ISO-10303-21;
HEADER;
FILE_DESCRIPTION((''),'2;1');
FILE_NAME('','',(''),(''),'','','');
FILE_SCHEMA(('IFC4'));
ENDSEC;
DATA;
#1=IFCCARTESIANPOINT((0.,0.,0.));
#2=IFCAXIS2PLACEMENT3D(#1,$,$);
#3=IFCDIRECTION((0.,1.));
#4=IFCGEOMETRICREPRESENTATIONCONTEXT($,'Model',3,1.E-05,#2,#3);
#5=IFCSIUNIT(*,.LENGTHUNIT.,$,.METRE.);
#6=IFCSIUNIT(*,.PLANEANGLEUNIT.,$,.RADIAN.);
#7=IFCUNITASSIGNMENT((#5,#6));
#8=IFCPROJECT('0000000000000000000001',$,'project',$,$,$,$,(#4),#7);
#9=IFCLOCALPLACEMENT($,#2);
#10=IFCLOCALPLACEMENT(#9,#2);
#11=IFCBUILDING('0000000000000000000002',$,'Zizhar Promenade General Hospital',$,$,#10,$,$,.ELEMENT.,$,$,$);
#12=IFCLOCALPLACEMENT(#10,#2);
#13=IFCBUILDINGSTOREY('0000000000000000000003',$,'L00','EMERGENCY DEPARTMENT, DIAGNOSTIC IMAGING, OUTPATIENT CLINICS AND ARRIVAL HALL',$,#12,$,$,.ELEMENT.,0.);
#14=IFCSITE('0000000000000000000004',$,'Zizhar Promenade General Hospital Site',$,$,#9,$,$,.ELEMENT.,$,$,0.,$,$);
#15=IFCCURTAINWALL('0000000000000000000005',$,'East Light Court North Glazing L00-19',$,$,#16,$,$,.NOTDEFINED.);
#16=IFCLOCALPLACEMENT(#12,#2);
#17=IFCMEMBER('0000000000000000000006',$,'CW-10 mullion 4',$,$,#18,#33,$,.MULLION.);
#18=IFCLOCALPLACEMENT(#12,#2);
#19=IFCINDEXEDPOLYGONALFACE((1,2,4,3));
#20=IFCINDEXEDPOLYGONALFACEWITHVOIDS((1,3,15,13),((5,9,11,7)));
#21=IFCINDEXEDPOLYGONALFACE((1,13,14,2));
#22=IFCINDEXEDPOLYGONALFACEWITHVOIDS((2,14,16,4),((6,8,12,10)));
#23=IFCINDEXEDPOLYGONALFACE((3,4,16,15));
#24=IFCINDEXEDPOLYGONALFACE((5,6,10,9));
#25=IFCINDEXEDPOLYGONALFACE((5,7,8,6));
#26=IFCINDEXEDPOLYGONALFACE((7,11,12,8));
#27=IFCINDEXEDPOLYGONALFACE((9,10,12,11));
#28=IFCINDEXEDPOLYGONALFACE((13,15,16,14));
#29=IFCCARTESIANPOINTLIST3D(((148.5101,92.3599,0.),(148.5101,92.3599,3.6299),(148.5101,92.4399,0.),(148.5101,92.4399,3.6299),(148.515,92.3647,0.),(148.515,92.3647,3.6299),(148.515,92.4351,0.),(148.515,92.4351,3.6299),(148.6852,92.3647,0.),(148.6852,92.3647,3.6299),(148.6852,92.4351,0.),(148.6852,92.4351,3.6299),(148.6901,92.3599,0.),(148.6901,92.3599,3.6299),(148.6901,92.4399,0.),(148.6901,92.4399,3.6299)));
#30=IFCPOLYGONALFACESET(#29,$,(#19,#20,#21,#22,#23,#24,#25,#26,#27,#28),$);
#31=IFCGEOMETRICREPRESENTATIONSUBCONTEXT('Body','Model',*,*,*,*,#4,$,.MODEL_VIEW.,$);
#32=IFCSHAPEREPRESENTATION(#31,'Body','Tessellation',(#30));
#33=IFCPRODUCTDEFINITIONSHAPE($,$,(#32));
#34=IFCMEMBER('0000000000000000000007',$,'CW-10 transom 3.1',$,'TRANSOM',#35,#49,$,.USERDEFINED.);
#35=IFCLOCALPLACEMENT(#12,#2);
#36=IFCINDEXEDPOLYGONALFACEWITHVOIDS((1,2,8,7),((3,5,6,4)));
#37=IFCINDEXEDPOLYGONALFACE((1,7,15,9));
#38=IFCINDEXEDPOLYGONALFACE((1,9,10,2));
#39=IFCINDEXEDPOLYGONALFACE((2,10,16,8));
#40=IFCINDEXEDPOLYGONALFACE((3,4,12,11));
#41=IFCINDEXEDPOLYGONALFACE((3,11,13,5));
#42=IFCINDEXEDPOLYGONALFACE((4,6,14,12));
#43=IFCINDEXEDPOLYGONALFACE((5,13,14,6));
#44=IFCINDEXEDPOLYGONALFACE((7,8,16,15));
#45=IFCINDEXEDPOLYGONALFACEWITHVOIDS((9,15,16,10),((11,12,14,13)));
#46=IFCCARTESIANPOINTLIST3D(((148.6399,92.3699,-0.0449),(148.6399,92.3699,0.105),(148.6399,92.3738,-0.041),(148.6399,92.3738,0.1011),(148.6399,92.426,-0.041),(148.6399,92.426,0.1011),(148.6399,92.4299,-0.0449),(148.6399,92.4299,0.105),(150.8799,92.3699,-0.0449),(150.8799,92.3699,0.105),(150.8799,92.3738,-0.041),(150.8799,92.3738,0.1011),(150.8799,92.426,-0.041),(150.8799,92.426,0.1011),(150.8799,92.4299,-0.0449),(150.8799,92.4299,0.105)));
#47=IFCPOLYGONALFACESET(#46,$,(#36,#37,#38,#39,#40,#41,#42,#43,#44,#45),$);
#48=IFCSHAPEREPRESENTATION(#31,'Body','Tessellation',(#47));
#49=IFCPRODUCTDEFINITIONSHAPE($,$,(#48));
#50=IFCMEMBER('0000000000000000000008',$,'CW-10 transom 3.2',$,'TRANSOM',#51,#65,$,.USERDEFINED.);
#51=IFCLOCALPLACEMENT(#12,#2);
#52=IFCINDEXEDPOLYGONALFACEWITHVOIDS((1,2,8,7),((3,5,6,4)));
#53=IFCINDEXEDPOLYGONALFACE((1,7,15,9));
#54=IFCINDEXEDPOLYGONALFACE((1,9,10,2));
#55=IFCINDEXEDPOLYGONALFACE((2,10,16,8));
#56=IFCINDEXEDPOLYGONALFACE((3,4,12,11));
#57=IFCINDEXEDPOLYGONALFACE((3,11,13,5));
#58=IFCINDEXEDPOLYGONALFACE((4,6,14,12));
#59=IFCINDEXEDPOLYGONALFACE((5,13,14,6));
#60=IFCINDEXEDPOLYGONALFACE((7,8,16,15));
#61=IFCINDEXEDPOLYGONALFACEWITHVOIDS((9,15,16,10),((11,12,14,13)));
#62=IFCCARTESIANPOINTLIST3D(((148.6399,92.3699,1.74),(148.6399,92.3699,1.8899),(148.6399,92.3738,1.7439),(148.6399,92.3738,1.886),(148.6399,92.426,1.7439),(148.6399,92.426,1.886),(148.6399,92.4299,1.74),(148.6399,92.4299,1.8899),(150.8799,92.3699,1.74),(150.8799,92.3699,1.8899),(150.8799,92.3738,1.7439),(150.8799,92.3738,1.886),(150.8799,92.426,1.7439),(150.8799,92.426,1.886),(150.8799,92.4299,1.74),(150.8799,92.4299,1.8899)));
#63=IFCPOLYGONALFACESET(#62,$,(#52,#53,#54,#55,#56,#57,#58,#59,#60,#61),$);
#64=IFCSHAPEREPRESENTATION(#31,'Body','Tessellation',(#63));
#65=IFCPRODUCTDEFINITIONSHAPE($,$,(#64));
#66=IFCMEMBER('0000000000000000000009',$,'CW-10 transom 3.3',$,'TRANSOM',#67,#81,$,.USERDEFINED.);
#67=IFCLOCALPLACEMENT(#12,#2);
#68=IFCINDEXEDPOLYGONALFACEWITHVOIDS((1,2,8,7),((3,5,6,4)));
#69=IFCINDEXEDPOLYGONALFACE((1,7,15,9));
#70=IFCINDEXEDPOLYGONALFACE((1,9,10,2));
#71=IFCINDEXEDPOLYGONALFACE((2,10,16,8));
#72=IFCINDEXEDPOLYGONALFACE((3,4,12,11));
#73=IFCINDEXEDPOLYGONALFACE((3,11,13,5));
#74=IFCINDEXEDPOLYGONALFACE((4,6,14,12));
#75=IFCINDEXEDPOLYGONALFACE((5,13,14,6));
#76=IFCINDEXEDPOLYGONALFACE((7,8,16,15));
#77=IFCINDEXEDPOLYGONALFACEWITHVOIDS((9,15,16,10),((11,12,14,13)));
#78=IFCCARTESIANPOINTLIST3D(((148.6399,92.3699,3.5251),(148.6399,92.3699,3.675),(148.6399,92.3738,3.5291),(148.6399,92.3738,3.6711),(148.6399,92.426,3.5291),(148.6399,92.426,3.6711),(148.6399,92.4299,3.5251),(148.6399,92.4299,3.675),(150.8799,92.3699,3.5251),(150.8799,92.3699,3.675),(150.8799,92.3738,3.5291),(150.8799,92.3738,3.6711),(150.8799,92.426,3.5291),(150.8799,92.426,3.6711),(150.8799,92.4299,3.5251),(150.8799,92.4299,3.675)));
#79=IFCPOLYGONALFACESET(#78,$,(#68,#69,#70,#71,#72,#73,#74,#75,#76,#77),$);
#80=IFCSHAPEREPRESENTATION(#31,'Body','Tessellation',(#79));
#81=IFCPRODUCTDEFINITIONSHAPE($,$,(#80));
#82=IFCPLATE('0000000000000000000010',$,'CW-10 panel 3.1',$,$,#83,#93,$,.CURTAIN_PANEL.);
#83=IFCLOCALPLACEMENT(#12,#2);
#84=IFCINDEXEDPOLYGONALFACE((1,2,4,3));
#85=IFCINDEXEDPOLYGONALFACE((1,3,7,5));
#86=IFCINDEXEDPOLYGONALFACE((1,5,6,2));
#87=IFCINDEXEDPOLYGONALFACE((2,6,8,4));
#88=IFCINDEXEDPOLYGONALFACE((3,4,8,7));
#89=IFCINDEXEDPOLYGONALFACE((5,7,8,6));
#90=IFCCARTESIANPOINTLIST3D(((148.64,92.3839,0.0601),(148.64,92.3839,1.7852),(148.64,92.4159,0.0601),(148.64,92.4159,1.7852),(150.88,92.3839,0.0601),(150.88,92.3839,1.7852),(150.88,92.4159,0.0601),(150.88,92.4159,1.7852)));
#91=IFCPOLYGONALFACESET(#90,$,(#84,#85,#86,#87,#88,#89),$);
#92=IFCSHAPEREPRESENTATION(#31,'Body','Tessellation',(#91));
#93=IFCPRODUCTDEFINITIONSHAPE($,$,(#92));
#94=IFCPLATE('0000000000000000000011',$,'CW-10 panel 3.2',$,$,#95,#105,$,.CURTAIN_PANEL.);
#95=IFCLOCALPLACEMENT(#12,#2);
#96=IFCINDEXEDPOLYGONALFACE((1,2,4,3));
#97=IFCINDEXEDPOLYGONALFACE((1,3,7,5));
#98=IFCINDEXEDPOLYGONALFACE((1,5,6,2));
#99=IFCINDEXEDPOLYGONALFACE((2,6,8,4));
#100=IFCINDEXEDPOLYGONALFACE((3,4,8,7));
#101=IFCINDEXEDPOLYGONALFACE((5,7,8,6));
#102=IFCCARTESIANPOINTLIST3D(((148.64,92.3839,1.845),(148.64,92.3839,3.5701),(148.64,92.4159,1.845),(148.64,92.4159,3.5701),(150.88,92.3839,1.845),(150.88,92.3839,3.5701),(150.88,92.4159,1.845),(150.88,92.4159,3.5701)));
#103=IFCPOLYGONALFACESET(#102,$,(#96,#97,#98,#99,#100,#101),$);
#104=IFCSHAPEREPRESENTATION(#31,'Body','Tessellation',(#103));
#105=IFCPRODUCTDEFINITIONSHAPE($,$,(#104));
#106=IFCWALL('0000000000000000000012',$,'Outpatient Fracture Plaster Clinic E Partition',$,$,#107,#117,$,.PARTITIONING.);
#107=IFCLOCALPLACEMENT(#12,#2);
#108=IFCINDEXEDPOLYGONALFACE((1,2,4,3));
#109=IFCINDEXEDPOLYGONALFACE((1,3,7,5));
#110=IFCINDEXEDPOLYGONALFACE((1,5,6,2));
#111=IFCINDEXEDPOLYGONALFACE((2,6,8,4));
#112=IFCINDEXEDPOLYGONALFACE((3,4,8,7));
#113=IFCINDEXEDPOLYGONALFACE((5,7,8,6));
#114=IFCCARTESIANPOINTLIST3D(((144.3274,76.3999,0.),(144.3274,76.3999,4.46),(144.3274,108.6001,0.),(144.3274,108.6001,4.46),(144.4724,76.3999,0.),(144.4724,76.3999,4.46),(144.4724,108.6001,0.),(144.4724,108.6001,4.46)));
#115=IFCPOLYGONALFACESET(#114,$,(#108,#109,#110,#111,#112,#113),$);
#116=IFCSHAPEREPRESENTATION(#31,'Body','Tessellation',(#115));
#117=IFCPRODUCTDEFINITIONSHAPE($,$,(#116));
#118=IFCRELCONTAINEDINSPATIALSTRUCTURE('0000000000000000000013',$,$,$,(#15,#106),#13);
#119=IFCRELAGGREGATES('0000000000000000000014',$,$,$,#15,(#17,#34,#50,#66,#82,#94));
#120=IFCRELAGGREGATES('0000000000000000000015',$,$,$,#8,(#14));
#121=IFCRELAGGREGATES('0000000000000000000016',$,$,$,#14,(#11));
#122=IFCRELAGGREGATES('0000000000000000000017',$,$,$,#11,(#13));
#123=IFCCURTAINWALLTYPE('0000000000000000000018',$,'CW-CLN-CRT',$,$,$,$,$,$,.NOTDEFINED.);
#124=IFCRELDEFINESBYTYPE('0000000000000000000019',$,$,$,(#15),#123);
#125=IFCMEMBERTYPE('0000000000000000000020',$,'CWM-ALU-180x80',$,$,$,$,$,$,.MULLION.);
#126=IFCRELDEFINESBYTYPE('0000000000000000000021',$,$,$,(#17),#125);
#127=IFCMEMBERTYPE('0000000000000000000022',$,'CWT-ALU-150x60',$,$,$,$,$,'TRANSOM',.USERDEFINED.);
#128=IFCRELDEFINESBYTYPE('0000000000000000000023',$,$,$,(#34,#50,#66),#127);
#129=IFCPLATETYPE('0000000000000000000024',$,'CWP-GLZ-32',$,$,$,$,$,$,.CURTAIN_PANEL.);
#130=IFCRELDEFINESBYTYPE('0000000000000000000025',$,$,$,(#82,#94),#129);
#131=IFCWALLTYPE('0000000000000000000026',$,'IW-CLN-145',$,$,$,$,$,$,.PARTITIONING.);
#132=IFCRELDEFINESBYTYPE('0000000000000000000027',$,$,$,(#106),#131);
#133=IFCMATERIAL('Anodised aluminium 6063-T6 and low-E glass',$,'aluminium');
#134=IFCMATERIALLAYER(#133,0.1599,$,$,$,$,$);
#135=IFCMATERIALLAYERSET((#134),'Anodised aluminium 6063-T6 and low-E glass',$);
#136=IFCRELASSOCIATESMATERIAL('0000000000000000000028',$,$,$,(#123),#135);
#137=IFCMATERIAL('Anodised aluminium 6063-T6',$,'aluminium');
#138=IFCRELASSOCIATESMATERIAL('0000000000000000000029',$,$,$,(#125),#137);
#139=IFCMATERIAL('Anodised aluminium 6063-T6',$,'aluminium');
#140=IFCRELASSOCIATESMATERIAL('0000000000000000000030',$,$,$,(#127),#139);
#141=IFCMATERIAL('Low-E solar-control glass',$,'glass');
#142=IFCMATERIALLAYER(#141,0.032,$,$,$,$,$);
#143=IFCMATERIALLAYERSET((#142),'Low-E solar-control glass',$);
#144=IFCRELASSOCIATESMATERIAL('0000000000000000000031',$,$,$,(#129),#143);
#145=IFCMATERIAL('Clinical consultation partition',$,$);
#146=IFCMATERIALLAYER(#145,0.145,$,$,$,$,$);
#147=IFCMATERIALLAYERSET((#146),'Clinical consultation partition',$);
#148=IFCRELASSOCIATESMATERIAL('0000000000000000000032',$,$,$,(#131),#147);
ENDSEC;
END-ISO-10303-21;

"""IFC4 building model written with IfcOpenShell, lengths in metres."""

from ifc_helpers import new_model, si_unit, direction, frame, frame_2d, origin, origin_2d, place, context, subcontext, project, spatial, rectangle, hollow_rectangle, extrude, material, layer, layer_set, material_profile, profile_set, type_object, element, aggregate, save


model = new_model("IFC4")

# Units and contexts
model_context = context("Model", 3, precision=1e-05, world=origin(), true_north=direction((0.0, 1.0)))
body_context = subcontext(model_context, "Body", "Model", "MODEL_VIEW")
ifc_project = project(units=[si_unit("LENGTHUNIT", "METRE"), si_unit("PLANEANGLEUNIT", "RADIAN")], contexts=[model_context])

# Site, building, storey
site_placement = place(None, origin())
site = spatial("IfcSite", under=ifc_project, at=site_placement, Name="Zizhar Promenade General Hospital Site", CompositionType="ELEMENT", RefElevation=0.0)
building_placement = place(site_placement, origin())
building = spatial("IfcBuilding", under=site, at=building_placement, Name="Zizhar Promenade General Hospital", CompositionType="ELEMENT")
storey_placement = place(building_placement, origin())
storey = spatial("IfcBuildingStorey", under=building, at=storey_placement, Name="L00", Description="EMERGENCY DEPARTMENT, DIAGNOSTIC IMAGING, OUTPATIENT CLINICS AND ARRIVAL HALL", CompositionType="ELEMENT", Elevation=0.0)

# Curtain wall, members, plates
ifc_material_1 = material(Name="Anodised aluminium 6063-T6 and low-E glass", Category="aluminium")
ifc_layer_1 = layer(ifc_material_1, 0.1599)
ifc_layer_set_1 = layer_set([ifc_layer_1], Name="Anodised aluminium 6063-T6 and low-E glass")
curtain_wall_type = type_object("IfcCurtainWallType", Name="CW-CLN-CRT", PredefinedType="NOTDEFINED", material=ifc_layer_set_1)
curtain_wall_placement = place(storey_placement, origin())
curtain_wall = element("IfcCurtainWall", 1, at=curtain_wall_placement, inside=storey, type_object=curtain_wall_type, Name="East Light Court North Glazing L00-19", PredefinedType="NOTDEFINED")
ifc_material_2 = material(Name="Anodised aluminium 6063-T6", Category="aluminium")
ifc_material_profile_1 = material_profile(ifc_material_2, hollow_rectangle(XDim=0.0801, YDim=0.1799, WallThickness=0.0049, at=origin_2d()))
ifc_profile_set_1 = profile_set([ifc_material_profile_1], Name="Anodised aluminium 6063-T6")
member_type_1 = type_object("IfcMemberType", Name="CWM-ALU-180x80", PredefinedType="MULLION", material=ifc_profile_set_1)
member_1_placement = place(storey_placement, frame((148.6001, 92.3999, 0.0), z_axis=(0.0, 0.0, 1.0), x_axis=(0.0, -1.0, 0.0)))
member_1 = element("IfcMember", 2, at=member_1_placement, type_object=member_type_1, Name="CW-10 mullion 4", PredefinedType="MULLION", context=body_context, shape_type="SweptSolid", body=[
    extrude(hollow_rectangle(XDim=0.0801, YDim=0.1799, WallThickness=0.0049, at=origin_2d()), origin(), (0.0, 0.0, 1.0), 3.6299),
])
ifc_material_3 = material(Name="Anodised aluminium 6063-T6", Category="aluminium")
ifc_material_profile_2 = material_profile(ifc_material_3, hollow_rectangle(XDim=0.0601, YDim=0.1499, WallThickness=0.0039, at=origin_2d()))
ifc_profile_set_2 = profile_set([ifc_material_profile_2], Name="Anodised aluminium 6063-T6")
member_type_2 = type_object("IfcMemberType", Name="CWT-ALU-150x60", ElementType="TRANSOM", PredefinedType="USERDEFINED", material=ifc_profile_set_2)
member_2_placement = place(storey_placement, frame((150.8799, 92.3999, 0.03), z_axis=(-1.0, 0.0, 0.0), x_axis=(0.0, -1.0, 0.0)))
member_2 = element("IfcMember", 3, at=member_2_placement, type_object=member_type_2, Name="CW-10 transom 3.1", ObjectType="TRANSOM", PredefinedType="USERDEFINED", context=body_context, shape_type="SweptSolid", body=[
    extrude(hollow_rectangle(XDim=0.0601, YDim=0.1499, WallThickness=0.0039, at=origin_2d()), origin(), (0.0, 0.0, 1.0), 2.24),
])
member_3_placement = place(storey_placement, frame((150.8799, 92.3999, 1.8149), z_axis=(-1.0, 0.0, 0.0), x_axis=(0.0, -1.0, 0.0)))
member_3 = element("IfcMember", 4, at=member_3_placement, type_object=member_type_2, Name="CW-10 transom 3.2", ObjectType="TRANSOM", PredefinedType="USERDEFINED", context=body_context, shape_type="SweptSolid", body=[
    extrude(hollow_rectangle(XDim=0.0601, YDim=0.1499, WallThickness=0.0039, at=origin_2d()), origin(), (0.0, 0.0, 1.0), 2.24),
])
member_4_placement = place(storey_placement, frame((150.8799, 92.3999, 3.6001), z_axis=(-1.0, 0.0, 0.0), x_axis=(0.0, -1.0, 0.0)))
member_4 = element("IfcMember", 5, at=member_4_placement, type_object=member_type_2, Name="CW-10 transom 3.3", ObjectType="TRANSOM", PredefinedType="USERDEFINED", context=body_context, shape_type="SweptSolid", body=[
    extrude(hollow_rectangle(XDim=0.0601, YDim=0.1499, WallThickness=0.0039, at=origin_2d()), origin(), (0.0, 0.0, 1.0), 2.24),
])
ifc_material_4 = material(Name="Low-E solar-control glass", Category="glass")
ifc_layer_2 = layer(ifc_material_4, 0.032)
ifc_layer_set_2 = layer_set([ifc_layer_2], Name="Low-E solar-control glass")
plate_type = type_object("IfcPlateType", Name="CWP-GLZ-32", PredefinedType="CURTAIN_PANEL", material=ifc_layer_set_2)
plate_1_placement = place(storey_placement, frame((149.76, 92.3999, 0.0601), z_axis=(0.0, 0.0, 1.0), x_axis=(-1.0, 0.0, 0.0)))
plate_1 = element("IfcPlate", 6, at=plate_1_placement, type_object=plate_type, Name="CW-10 panel 3.1", PredefinedType="CURTAIN_PANEL", context=body_context, shape_type="SweptSolid", body=[
    extrude(rectangle(XDim=2.24, YDim=0.032, at=origin_2d()), origin(), (0.0, 0.0, 1.0), 1.7251),
])
plate_2_placement = place(storey_placement, frame((149.76, 92.3999, 1.845), z_axis=(0.0, 0.0, 1.0), x_axis=(-1.0, 0.0, 0.0)))
plate_2 = element("IfcPlate", 7, at=plate_2_placement, type_object=plate_type, Name="CW-10 panel 3.2", PredefinedType="CURTAIN_PANEL", context=body_context, shape_type="SweptSolid", body=[
    extrude(rectangle(XDim=2.24, YDim=0.032, at=origin_2d()), origin(), (0.0, 0.0, 1.0), 1.7251),
])
aggregate(curtain_wall, [member_1, member_2, member_3, member_4, plate_1, plate_2])

# Wall
ifc_material_5 = material(Name="Clinical consultation partition")
ifc_layer_3 = layer(ifc_material_5, 0.145)
ifc_layer_set_3 = layer_set([ifc_layer_3], Name="Clinical consultation partition")
wall_type = type_object("IfcWallType", Name="IW-CLN-145", PredefinedType="PARTITIONING", material=ifc_layer_set_3)
wall_placement = place(storey_placement, frame((144.3999, 76.3999, 0.0), z_axis=(0.0, 0.0, 1.0), x_axis=(0.0, 1.0, 0.0)))
element("IfcWall", 8, at=wall_placement, inside=storey, type_object=wall_type, Name="Outpatient Fracture Plaster Clinic E Partition", PredefinedType="PARTITIONING", context=body_context, shape_type="SweptSolid", body=[
    extrude(rectangle(XDim=32.2002, YDim=0.145, at=frame_2d((16.1001, 0.0))), origin(), (0.0, 0.0, 1.0), 4.46),
])

save(model, "model.ifc")
